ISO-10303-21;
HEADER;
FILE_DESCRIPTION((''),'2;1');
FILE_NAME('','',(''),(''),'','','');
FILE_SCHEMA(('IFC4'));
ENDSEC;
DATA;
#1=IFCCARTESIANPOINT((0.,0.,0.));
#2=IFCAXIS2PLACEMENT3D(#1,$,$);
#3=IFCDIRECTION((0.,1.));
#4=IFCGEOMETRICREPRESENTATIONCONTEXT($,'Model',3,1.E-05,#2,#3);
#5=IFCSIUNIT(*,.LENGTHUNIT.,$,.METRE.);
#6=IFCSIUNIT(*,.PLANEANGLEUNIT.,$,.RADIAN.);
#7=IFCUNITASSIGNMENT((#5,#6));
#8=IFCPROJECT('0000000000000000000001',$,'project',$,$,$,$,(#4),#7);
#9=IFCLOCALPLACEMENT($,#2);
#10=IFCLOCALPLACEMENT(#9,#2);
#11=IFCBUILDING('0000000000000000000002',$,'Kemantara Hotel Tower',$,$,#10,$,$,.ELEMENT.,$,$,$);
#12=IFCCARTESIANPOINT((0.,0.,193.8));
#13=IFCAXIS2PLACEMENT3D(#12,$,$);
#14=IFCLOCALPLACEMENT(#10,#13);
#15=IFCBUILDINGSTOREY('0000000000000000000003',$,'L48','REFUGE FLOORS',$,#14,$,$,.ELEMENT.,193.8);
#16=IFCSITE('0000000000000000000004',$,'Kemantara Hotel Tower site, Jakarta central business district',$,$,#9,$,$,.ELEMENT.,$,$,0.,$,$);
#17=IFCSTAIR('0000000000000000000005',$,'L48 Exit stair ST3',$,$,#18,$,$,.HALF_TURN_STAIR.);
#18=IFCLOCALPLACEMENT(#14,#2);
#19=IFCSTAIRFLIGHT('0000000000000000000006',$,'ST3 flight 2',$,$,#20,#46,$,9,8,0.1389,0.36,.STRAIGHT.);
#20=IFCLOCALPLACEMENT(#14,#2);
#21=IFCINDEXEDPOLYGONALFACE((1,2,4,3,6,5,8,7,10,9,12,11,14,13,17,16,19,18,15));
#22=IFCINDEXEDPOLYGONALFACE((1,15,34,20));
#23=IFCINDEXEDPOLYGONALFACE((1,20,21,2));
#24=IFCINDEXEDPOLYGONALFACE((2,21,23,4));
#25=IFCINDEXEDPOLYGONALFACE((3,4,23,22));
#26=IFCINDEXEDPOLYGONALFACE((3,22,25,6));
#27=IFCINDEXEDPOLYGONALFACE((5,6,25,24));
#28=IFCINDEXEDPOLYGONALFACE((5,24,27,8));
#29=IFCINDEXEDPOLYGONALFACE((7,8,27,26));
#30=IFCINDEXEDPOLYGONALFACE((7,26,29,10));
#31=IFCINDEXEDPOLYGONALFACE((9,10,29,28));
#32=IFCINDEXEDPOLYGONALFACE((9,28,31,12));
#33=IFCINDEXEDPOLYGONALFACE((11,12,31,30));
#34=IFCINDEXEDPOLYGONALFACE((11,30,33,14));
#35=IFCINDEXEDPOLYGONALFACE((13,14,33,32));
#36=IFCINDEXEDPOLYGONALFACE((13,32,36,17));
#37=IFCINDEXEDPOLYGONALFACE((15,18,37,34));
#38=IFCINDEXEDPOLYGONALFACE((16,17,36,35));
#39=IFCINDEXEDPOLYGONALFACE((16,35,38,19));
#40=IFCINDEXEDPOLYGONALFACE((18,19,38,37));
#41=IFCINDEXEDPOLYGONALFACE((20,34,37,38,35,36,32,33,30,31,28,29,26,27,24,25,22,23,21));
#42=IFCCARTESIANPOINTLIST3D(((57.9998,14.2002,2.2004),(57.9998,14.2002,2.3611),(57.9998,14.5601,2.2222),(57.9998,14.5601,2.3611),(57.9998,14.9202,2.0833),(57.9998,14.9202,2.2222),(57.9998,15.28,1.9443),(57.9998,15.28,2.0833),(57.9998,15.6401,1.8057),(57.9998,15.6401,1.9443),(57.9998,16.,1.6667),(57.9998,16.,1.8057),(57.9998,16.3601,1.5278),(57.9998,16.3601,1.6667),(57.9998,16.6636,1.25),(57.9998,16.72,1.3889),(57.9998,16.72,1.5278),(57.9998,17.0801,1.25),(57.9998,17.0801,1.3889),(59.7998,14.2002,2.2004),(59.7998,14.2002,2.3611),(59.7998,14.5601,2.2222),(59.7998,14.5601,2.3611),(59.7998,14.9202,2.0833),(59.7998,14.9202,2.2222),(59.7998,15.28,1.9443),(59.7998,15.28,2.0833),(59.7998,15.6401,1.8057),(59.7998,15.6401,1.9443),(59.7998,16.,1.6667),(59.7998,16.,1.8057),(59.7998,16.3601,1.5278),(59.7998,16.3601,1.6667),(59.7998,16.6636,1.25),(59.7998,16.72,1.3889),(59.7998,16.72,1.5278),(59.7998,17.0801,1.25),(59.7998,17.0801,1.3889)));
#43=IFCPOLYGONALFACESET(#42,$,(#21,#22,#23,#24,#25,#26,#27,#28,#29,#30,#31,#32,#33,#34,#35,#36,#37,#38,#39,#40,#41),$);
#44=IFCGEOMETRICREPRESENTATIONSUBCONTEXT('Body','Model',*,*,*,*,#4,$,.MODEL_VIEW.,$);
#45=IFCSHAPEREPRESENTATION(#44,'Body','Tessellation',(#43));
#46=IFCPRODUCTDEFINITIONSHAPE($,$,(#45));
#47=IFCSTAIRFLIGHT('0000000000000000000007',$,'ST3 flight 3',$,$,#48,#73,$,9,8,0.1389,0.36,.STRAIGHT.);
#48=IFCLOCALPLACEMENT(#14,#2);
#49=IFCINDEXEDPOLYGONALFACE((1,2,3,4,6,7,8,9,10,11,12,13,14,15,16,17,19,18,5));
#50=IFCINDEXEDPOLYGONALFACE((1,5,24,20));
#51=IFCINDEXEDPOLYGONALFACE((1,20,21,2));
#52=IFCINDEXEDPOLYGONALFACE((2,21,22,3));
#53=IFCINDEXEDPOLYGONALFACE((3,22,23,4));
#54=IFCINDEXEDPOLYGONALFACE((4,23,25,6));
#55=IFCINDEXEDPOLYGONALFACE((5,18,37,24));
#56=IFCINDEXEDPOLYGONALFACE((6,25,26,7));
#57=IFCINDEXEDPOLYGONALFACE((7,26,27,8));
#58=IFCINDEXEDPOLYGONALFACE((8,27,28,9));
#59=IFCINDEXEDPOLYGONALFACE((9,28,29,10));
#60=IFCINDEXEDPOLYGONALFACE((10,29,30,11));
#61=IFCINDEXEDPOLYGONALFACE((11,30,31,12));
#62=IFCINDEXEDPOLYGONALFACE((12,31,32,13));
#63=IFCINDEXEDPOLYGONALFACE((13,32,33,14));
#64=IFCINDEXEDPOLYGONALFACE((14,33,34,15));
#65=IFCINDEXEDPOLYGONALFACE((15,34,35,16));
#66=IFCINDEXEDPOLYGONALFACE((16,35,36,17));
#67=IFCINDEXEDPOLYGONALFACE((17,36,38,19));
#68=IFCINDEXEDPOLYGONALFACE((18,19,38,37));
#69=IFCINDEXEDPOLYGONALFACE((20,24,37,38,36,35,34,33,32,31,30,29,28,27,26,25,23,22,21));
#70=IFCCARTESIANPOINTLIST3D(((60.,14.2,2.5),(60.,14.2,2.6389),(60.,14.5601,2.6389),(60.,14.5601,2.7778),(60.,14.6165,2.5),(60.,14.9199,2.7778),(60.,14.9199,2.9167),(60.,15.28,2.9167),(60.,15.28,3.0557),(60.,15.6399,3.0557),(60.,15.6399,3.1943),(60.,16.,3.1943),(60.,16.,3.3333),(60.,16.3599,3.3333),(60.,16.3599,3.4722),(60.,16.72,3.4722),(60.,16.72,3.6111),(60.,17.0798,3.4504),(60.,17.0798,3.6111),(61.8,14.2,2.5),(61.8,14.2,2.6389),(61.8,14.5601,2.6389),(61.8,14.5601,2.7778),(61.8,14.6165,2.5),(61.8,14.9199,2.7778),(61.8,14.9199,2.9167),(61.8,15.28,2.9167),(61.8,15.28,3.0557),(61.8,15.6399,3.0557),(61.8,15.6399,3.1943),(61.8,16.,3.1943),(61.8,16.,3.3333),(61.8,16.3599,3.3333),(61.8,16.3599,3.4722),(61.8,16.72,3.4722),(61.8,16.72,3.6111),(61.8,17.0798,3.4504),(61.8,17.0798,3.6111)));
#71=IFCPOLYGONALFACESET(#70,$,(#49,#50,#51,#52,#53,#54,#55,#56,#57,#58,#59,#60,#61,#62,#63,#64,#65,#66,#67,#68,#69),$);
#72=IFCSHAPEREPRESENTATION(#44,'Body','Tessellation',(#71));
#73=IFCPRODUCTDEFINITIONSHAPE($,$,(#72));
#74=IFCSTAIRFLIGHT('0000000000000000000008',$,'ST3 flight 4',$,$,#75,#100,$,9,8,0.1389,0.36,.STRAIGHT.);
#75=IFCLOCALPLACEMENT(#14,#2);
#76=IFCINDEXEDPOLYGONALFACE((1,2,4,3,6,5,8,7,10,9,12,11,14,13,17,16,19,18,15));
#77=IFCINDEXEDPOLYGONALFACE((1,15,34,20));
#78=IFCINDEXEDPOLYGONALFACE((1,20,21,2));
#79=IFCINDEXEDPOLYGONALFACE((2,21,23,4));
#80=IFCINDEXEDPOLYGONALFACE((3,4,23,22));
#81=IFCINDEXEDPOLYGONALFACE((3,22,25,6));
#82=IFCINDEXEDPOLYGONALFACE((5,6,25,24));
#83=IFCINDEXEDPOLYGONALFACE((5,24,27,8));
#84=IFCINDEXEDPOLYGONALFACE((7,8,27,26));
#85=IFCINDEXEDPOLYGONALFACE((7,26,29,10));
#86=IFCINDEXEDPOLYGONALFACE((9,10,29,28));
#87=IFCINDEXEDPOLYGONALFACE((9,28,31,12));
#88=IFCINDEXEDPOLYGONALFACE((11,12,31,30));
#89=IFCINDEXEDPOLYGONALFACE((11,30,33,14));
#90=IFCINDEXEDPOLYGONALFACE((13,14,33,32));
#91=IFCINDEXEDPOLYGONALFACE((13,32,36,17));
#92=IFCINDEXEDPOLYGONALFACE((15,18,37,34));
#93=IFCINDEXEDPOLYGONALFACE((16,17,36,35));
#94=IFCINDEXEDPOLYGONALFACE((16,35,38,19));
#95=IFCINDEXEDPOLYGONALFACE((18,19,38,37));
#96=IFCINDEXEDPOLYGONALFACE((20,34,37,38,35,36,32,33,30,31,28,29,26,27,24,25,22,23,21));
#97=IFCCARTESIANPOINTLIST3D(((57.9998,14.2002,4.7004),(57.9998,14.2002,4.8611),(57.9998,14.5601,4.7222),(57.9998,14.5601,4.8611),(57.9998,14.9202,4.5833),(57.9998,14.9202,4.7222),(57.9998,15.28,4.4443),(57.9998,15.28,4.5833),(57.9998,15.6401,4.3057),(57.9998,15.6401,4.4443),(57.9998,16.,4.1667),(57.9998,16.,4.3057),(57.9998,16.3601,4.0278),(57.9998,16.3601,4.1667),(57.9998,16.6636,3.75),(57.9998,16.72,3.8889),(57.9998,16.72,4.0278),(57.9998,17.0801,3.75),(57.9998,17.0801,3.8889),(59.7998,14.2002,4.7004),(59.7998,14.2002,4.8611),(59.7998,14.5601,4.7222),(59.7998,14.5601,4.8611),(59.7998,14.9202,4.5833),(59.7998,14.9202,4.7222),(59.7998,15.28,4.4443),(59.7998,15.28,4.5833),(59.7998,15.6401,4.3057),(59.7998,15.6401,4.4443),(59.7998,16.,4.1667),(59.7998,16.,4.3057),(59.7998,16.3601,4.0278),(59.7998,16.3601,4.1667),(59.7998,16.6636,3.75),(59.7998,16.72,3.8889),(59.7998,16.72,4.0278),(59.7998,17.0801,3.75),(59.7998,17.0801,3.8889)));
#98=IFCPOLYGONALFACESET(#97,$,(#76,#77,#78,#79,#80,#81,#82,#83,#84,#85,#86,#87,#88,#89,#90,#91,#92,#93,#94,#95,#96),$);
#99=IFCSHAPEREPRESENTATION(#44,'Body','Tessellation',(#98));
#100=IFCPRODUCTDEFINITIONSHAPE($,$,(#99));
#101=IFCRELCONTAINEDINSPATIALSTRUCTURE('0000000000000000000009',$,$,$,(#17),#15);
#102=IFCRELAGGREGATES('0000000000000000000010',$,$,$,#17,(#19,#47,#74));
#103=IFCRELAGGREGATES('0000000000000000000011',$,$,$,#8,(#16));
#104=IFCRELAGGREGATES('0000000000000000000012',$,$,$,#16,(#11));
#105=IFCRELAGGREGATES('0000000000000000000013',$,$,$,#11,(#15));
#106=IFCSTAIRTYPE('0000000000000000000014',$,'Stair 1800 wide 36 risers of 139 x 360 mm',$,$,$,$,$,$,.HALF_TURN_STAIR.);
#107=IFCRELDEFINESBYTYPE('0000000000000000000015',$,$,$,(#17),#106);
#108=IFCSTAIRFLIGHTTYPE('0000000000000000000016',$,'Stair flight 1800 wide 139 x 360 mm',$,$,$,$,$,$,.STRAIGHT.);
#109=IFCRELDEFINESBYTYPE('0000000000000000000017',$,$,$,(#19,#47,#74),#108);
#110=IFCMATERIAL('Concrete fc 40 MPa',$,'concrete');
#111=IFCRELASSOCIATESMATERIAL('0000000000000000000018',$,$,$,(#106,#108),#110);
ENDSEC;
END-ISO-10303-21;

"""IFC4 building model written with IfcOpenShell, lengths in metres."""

from ifc_helpers import new_model, si_unit, direction, frame, origin, place, context, subcontext, project, spatial, polyline, outline, extrude, material, type_object, element, aggregate, save


model = new_model("IFC4")

# Units and contexts
model_context = context("Model", 3, precision=1e-05, world=origin(), true_north=direction((0.0, 1.0)))
body_context = subcontext(model_context, "Body", "Model", "MODEL_VIEW")
ifc_project = project(units=[si_unit("LENGTHUNIT", "METRE"), si_unit("PLANEANGLEUNIT", "RADIAN")], contexts=[model_context])

# Site, building, storey
site_placement = place(None, origin())
site = spatial("IfcSite", under=ifc_project, at=site_placement, Name="Kemantara Hotel Tower site, Jakarta central business district", CompositionType="ELEMENT", RefElevation=0.0)
building_placement = place(site_placement, origin())
building = spatial("IfcBuilding", under=site, at=building_placement, Name="Kemantara Hotel Tower", CompositionType="ELEMENT")
storey_placement = place(building_placement, frame((0.0, 0.0, 193.8)))
storey = spatial("IfcBuildingStorey", under=building, at=storey_placement, Name="L48", Description="REFUGE FLOORS", CompositionType="ELEMENT", Elevation=193.8)

# Shared definitions
ifc_material_1 = material(Name="Concrete fc 40 MPa", Category="concrete")

# Stair, stair flights
stair_type = type_object("IfcStairType", Name="Stair 1800 wide 36 risers of 139 x 360 mm", PredefinedType="HALF_TURN_STAIR", material=ifc_material_1)
stair_placement = place(storey_placement, origin())
stair = element("IfcStair", 1, at=stair_placement, inside=storey, type_object=stair_type, Name="L48 Exit stair ST3", PredefinedType="HALF_TURN_STAIR")
stair_flight_type = type_object("IfcStairFlightType", Name="Stair flight 1800 wide 139 x 360 mm", PredefinedType="STRAIGHT", material=ifc_material_1)
stair_flight_1_placement = place(storey_placement, frame((58.8999, 17.0801, 1.25), z_axis=(0.0, 0.0, 1.0), x_axis=(0.0, -1.0, 0.0)))
stair_flight_1 = element("IfcStairFlight", 2, at=stair_flight_1_placement, type_object=stair_flight_type, Name="ST3 flight 2", NumberOfRisers=9, NumberOfTreads=8, PredefinedType="STRAIGHT", RiserHeight=0.1389, TreadLength=0.36, context=body_context, shape_type="SweptSolid", body=[
    extrude(outline(polyline([(0.0, 0.0), (0.0, 0.1389), (0.3601, 0.1389), (0.3601, 0.2778), (0.72, 0.2778), (0.72, 0.4167), (1.0801, 0.4167), (1.0801, 0.5557), (1.4399, 0.5557), (1.4399, 0.6943), (1.8, 0.6943), (1.8, 0.8333), (2.1599, 0.8333), (2.1599, 0.9722), (2.52, 0.9722), (2.52, 1.1111), (2.8799, 1.1111), (2.8799, 1.25), (2.8799, 0.9504), (0.4165, 0.0), (0.0, 0.0)])), frame((0.0, 0.8999, 0.0), z_axis=(0.0, -1.0, 0.0), x_axis=(1.0, 0.0, 0.0)), (0.0, 0.0, 1.0), 1.8),
])
stair_flight_2_placement = place(storey_placement, frame((60.8999, 14.2, 2.5), z_axis=(0.0, 0.0, 1.0), x_axis=(0.0, 1.0, 0.0)))
stair_flight_2 = element("IfcStairFlight", 3, at=stair_flight_2_placement, type_object=stair_flight_type, Name="ST3 flight 3", NumberOfRisers=9, NumberOfTreads=8, PredefinedType="STRAIGHT", RiserHeight=0.1389, TreadLength=0.36, context=body_context, shape_type="SweptSolid", body=[
    extrude(outline(polyline([(0.0, 0.0), (0.0, 0.1389), (0.3601, 0.1389), (0.3601, 0.2778), (0.72, 0.2778), (0.72, 0.4167), (1.0801, 0.4167), (1.0801, 0.5557), (1.4399, 0.5557), (1.4399, 0.6943), (1.8, 0.6943), (1.8, 0.8333), (2.1599, 0.8333), (2.1599, 0.9722), (2.52, 0.9722), (2.52, 1.1111), (2.8799, 1.1111), (2.8799, 1.25), (2.8799, 0.9504), (0.4165, 0.0), (0.0, 0.0)])), frame((0.0, 0.8999, 0.0), z_axis=(0.0, -1.0, 0.0), x_axis=(1.0, 0.0, 0.0)), (0.0, 0.0, 1.0), 1.8),
])
stair_flight_3_placement = place(storey_placement, frame((58.8999, 17.0801, 3.75), z_axis=(0.0, 0.0, 1.0), x_axis=(0.0, -1.0, 0.0)))
stair_flight_3 = element("IfcStairFlight", 4, at=stair_flight_3_placement, type_object=stair_flight_type, Name="ST3 flight 4", NumberOfRisers=9, NumberOfTreads=8, PredefinedType="STRAIGHT", RiserHeight=0.1389, TreadLength=0.36, context=body_context, shape_type="SweptSolid", body=[
    extrude(outline(polyline([(0.0, 0.0), (0.0, 0.1389), (0.3601, 0.1389), (0.3601, 0.2778), (0.72, 0.2778), (0.72, 0.4167), (1.0801, 0.4167), (1.0801, 0.5557), (1.4399, 0.5557), (1.4399, 0.6943), (1.8, 0.6943), (1.8, 0.8333), (2.1599, 0.8333), (2.1599, 0.9722), (2.52, 0.9722), (2.52, 1.1111), (2.8799, 1.1111), (2.8799, 1.25), (2.8799, 0.9504), (0.4165, 0.0), (0.0, 0.0)])), frame((0.0, 0.8999, 0.0), z_axis=(0.0, -1.0, 0.0), x_axis=(1.0, 0.0, 0.0)), (0.0, 0.0, 1.0), 1.8),
])
aggregate(stair, [stair_flight_1, stair_flight_2, stair_flight_3])

save(model, "model.ifc")
